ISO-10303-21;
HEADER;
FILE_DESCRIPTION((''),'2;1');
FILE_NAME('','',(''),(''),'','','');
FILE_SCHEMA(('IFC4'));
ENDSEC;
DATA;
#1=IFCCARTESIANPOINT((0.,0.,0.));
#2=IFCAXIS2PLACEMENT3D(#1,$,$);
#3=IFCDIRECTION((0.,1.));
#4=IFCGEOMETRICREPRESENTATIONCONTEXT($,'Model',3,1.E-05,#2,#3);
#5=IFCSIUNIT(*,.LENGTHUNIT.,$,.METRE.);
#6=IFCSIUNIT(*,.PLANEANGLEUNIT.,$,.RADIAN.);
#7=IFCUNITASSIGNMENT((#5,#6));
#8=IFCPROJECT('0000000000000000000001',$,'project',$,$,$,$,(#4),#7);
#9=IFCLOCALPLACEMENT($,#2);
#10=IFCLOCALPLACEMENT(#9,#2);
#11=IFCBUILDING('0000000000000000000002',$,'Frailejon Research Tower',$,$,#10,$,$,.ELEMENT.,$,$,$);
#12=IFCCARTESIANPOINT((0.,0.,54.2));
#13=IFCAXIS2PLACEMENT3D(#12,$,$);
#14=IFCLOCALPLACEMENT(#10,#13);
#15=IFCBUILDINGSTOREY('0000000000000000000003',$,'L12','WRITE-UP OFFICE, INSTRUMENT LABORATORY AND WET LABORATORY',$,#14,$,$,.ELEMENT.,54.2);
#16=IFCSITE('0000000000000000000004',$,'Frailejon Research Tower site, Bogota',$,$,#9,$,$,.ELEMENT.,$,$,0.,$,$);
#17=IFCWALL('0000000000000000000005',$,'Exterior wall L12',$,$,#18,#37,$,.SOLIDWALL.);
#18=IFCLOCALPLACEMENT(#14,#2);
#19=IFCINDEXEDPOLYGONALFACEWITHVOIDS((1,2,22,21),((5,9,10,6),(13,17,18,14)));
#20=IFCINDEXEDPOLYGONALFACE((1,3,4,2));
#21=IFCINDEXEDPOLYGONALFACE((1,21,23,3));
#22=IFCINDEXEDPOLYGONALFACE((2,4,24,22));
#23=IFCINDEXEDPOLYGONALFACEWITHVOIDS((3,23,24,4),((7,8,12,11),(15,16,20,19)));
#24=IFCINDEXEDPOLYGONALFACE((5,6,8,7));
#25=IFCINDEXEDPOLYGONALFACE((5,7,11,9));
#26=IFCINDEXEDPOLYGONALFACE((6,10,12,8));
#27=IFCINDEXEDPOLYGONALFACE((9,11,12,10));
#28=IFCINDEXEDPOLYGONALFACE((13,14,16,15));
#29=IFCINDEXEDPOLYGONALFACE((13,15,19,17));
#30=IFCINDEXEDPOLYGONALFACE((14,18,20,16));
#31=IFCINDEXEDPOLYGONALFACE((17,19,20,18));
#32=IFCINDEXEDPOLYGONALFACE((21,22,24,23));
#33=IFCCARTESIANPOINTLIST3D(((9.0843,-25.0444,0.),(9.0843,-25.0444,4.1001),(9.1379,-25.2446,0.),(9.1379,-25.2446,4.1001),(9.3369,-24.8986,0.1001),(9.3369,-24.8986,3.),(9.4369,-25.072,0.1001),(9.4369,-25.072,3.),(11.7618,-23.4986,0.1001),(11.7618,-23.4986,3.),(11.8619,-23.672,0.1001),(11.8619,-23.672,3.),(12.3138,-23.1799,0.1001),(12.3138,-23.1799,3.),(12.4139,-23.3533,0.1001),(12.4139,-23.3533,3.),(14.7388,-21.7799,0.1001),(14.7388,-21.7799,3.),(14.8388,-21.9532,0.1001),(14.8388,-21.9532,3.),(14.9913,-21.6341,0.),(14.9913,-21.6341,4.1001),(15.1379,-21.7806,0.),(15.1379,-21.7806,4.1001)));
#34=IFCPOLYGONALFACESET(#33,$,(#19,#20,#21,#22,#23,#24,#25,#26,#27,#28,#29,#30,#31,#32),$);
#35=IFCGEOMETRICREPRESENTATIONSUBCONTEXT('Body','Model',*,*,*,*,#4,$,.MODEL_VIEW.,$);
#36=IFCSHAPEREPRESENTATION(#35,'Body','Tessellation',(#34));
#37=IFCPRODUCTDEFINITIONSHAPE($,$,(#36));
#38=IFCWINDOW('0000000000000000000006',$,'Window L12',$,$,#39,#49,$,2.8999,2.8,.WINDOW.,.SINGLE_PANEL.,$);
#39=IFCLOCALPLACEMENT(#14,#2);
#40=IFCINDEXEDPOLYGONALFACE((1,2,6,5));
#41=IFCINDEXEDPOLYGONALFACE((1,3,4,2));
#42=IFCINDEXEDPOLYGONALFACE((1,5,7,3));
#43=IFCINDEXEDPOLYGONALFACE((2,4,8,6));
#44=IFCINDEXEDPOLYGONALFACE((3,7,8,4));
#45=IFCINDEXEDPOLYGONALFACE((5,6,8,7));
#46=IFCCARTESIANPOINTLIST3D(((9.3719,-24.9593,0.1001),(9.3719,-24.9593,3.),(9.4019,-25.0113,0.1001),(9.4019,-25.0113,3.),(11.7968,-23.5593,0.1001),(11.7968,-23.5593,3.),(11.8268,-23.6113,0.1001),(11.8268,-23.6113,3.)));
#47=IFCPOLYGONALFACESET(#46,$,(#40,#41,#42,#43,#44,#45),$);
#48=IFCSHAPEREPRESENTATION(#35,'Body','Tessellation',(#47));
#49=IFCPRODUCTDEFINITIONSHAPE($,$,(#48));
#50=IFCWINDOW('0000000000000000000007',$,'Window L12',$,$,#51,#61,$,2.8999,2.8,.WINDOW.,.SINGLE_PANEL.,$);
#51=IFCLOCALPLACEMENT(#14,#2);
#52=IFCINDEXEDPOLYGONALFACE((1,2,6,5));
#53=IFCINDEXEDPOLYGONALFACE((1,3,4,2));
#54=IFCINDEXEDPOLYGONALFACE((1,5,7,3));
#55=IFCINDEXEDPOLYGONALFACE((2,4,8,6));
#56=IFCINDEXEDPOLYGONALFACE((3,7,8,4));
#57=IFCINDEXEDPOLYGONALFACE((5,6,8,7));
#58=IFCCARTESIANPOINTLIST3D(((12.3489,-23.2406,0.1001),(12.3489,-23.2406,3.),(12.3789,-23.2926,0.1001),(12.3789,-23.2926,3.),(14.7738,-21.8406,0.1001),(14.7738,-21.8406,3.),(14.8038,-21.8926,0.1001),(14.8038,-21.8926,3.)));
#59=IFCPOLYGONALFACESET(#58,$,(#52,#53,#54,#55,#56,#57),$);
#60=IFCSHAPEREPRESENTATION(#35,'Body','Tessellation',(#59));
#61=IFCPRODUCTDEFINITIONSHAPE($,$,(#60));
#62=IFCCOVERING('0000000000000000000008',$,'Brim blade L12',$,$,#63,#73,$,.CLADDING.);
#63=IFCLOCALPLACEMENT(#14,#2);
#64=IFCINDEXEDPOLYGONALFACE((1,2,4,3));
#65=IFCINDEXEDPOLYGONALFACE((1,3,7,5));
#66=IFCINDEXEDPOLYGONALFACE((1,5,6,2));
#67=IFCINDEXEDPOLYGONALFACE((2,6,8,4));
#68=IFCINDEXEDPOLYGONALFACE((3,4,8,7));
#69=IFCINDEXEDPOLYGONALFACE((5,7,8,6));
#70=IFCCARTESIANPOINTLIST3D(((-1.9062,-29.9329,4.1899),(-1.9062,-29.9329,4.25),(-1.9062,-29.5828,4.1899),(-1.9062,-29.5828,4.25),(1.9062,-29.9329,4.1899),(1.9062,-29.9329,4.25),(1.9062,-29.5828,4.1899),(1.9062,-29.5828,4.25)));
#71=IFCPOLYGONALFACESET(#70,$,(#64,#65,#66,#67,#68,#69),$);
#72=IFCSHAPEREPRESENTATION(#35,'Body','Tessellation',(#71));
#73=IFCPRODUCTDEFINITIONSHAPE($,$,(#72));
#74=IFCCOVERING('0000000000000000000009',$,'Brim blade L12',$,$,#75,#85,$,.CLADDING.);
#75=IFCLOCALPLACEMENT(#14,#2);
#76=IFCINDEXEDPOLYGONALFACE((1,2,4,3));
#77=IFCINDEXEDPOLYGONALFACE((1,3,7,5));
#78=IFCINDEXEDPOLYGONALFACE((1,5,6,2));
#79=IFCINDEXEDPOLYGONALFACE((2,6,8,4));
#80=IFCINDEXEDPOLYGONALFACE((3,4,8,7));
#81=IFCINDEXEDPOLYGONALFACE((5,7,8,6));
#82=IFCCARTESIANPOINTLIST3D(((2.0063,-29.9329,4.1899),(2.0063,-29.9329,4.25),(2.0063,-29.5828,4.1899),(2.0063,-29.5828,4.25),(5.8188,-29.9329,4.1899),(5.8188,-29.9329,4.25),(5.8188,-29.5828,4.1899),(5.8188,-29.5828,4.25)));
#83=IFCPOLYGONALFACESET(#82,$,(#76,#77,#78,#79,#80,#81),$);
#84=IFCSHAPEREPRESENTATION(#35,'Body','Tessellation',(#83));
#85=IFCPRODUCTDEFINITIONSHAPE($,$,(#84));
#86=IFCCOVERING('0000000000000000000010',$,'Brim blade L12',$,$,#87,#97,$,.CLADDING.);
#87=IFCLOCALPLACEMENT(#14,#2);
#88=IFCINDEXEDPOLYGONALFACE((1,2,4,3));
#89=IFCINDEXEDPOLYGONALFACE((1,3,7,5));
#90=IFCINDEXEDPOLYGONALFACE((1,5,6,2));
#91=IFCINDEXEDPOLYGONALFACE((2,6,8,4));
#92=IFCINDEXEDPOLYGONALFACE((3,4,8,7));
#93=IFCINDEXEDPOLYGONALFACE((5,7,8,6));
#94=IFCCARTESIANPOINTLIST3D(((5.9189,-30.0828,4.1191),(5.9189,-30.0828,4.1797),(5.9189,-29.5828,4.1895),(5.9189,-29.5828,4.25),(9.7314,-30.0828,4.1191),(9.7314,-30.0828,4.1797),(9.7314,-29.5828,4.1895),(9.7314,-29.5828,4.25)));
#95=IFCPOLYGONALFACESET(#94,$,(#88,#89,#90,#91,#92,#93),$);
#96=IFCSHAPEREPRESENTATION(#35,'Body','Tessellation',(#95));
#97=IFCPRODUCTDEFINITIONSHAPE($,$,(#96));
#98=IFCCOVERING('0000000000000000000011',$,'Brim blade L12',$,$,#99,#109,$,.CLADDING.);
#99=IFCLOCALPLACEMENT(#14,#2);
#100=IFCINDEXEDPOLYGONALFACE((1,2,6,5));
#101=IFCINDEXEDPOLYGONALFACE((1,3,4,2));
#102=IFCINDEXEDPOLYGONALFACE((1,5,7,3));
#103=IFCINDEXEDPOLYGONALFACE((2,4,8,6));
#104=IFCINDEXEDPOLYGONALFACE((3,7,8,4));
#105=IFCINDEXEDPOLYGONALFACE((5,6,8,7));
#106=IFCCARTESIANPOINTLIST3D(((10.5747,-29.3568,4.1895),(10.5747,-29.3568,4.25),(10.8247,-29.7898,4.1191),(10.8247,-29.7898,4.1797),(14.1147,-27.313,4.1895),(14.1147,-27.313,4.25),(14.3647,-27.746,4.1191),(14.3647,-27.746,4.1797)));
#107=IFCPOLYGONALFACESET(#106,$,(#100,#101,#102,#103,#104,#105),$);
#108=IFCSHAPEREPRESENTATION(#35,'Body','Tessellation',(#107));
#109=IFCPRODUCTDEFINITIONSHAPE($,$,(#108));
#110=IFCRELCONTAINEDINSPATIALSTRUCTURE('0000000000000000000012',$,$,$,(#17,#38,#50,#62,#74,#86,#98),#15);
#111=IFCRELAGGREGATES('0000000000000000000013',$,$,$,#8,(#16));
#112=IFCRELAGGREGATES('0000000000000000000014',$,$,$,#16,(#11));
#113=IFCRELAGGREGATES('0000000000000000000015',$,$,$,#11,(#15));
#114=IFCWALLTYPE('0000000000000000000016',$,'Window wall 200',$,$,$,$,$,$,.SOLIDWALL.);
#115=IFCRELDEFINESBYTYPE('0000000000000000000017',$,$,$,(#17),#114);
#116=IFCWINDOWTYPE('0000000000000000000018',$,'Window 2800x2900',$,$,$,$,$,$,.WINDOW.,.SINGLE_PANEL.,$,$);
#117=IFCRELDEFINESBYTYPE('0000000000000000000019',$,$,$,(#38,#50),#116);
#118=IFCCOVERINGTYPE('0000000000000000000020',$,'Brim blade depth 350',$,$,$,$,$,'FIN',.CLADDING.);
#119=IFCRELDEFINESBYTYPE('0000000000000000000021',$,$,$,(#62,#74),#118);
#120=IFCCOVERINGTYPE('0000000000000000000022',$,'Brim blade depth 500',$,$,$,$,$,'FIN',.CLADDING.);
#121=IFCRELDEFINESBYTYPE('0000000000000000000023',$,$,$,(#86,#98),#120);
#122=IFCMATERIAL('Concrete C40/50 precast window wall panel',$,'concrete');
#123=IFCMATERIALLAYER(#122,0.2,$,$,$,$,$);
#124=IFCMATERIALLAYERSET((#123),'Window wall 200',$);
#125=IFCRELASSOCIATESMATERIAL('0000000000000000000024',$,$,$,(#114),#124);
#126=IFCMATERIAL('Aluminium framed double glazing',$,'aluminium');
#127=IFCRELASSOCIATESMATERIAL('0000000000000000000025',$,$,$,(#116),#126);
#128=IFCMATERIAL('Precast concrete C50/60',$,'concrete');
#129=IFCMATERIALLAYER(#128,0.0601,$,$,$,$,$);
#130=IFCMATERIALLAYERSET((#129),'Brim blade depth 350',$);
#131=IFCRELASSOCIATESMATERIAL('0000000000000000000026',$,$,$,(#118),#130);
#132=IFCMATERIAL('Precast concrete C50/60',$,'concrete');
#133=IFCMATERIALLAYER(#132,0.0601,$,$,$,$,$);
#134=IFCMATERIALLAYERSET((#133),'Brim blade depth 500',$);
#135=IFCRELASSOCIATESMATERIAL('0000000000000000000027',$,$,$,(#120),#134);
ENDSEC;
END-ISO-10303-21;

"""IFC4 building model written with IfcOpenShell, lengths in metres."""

from ifc_helpers import new_model, si_unit, direction, frame, frame_2d, origin, place, context, subcontext, project, spatial, polyline, rectangle, outline, extrude, material, layer, layer_set, type_object, element, fill, save


model = new_model("IFC4")

# Units and contexts
model_context = context("Model", 3, precision=1e-05, world=origin(), true_north=direction((0.0, 1.0)))
body_context = subcontext(model_context, "Body", "Model", "MODEL_VIEW")
ifc_project = project(units=[si_unit("LENGTHUNIT", "METRE"), si_unit("PLANEANGLEUNIT", "RADIAN")], contexts=[model_context])

# Site, building, storey
site_placement = place(None, origin())
site = spatial("IfcSite", under=ifc_project, at=site_placement, Name="Frailejon Research Tower site, Bogota", CompositionType="ELEMENT", RefElevation=0.0)
building_placement = place(site_placement, origin())
building = spatial("IfcBuilding", under=site, at=building_placement, Name="Frailejon Research Tower", CompositionType="ELEMENT")
storey_placement = place(building_placement, frame((0.0, 0.0, 54.2)))
storey = spatial("IfcBuildingStorey", under=building, at=storey_placement, Name="L12", Description="WRITE-UP OFFICE, INSTRUMENT LABORATORY AND WET LABORATORY", CompositionType="ELEMENT", Elevation=54.2)

# Wall, openings, windows
ifc_material_1 = material(Name="Concrete C40/50 precast window wall panel", Category="concrete")
ifc_layer_1 = layer(ifc_material_1, 0.2)
ifc_layer_set_1 = layer_set([ifc_layer_1], Name="Window wall 200")
wall_type_1 = type_object("IfcWallType", Name="Window wall 200", PredefinedType="SOLIDWALL", material=ifc_layer_set_1)
wall_1_placement = place(storey_placement, frame((9.1111, -25.1445, 0.0), z_axis=(0.0, 0.0, 1.0), x_axis=(0.866029, 0.499993, 0.0)))
wall_1 = element("IfcWall", 1, at=wall_1_placement, inside=storey, type_object=wall_type_1, Name="Exterior wall L12", PredefinedType="SOLIDWALL", context=body_context, shape_type="SweptSolid", body=[
    extrude(outline(polyline([(-0.0269, -0.1001), (1.1279, -0.1001), (2.2825, -0.1001), (3.4373, -0.1001), (4.592, -0.1001), (5.7466, -0.1001), (6.9014, -0.1001), (6.8477, 0.1001), (5.7109, 0.1001), (4.574, 0.1001), (3.4373, 0.1001), (2.3005, 0.1001), (1.1636, 0.1001), (0.0269, 0.1001), (-0.0269, -0.1001)])), origin(), (0.0, 0.0, 1.0), 4.1001),
])
opening_1_placement = place(wall_1_placement, frame((0.3186, 0.0, 0.1001)))
opening_1 = element("IfcOpeningElement", 2, at=opening_1_placement, cuts=wall_1, PredefinedType="OPENING", context=body_context, shape_type="SweptSolid", body=[
    extrude(rectangle(XDim=2.8, YDim=2.8999, at=frame_2d((1.3999, 1.45))), frame((0.0, 0.1099, 0.0), z_axis=(0.0, -1.0, 0.0), x_axis=(1.0, 0.0, 0.0)), (0.0, 0.0, 1.0), 0.22),
])
opening_2_placement = place(wall_1_placement, frame((3.7561, 0.0, 0.1001)))
opening_2 = element("IfcOpeningElement", 3, at=opening_2_placement, cuts=wall_1, PredefinedType="OPENING", context=body_context, shape_type="SweptSolid", body=[
    extrude(rectangle(XDim=2.8, YDim=2.8999, at=frame_2d((1.3999, 1.45))), frame((0.0, 0.1099, 0.0), z_axis=(0.0, -1.0, 0.0), x_axis=(1.0, 0.0, 0.0)), (0.0, 0.0, 1.0), 0.22),
])
ifc_material_2 = material(Name="Aluminium framed double glazing", Category="aluminium")
window_type = type_object("IfcWindowType", Name="Window 2800x2900", PartitioningType="SINGLE_PANEL", PredefinedType="WINDOW", material=ifc_material_2)
window_1_placement = place(opening_1_placement, origin())
window_1 = element("IfcWindow", 4, at=window_1_placement, inside=storey, type_object=window_type, Name="Window L12", OverallHeight=2.8999, OverallWidth=2.8, PartitioningType="SINGLE_PANEL", PredefinedType="WINDOW", context=body_context, shape_type="SweptSolid", body=[
    extrude(rectangle(XDim=2.8, YDim=2.8999, at=frame_2d((1.3999, 1.45))), frame((0.0, 0.03, 0.0), z_axis=(0.0, -1.0, 0.0), x_axis=(1.0, 0.0, 0.0)), (0.0, 0.0, 1.0), 0.0601),
])
fill(opening_1, window_1)
window_2_placement = place(opening_2_placement, origin())
window_2 = element("IfcWindow", 5, at=window_2_placement, inside=storey, type_object=window_type, Name="Window L12", OverallHeight=2.8999, OverallWidth=2.8, PartitioningType="SINGLE_PANEL", PredefinedType="WINDOW", context=body_context, shape_type="SweptSolid", body=[
    extrude(rectangle(XDim=2.8, YDim=2.8999, at=frame_2d((1.3999, 1.45))), frame((0.0, 0.03, 0.0), z_axis=(0.0, -1.0, 0.0), x_axis=(1.0, 0.0, 0.0)), (0.0, 0.0, 1.0), 0.0601),
])
fill(opening_2, window_2)

# Coverings
ifc_material_3 = material(Name="Precast concrete C50/60", Category="concrete")
ifc_layer_2 = layer(ifc_material_3, 0.0601)
ifc_layer_set_2 = layer_set([ifc_layer_2], Name="Brim blade depth 350")
covering_type_1 = type_object("IfcCoveringType", Name="Brim blade depth 350", ElementType="FIN", PredefinedType="CLADDING", material=ifc_layer_set_2)
for number, where, z_axis, x_axis, name in (
    (6, (1.9062, -29.5828, 4.25), (-1.0, 0.0, 0.0), (0.0, -1.0, 0.0), "Brim blade L12"),
    (7, (5.8188, -29.5828, 4.25), (-1.0, 0.0, 0.0), (0.0, -1.0, 0.0), "Brim blade L12"),
):
    element("IfcCovering", number, at=place(storey_placement, frame(where, z_axis=z_axis, x_axis=x_axis)), inside=storey, type_object=covering_type_1, Name=name, PredefinedType="CLADDING", context=body_context, shape_type="SweptSolid", body=[
        extrude(outline(polyline([(0.0, -0.0601), (0.3501, -0.0601), (0.3501, 0.0), (0.0, 0.0), (0.0, -0.0601)])), origin(), (0.0, 0.0, 1.0), 3.8125),
    ])
ifc_material_4 = material(Name="Precast concrete C50/60", Category="concrete")
ifc_layer_3 = layer(ifc_material_4, 0.0601)
ifc_layer_set_3 = layer_set([ifc_layer_3], Name="Brim blade depth 500")
covering_type_2 = type_object("IfcCoveringType", Name="Brim blade depth 500", ElementType="FIN", PredefinedType="CLADDING", material=ifc_layer_set_3)
covering_1_placement = place(storey_placement, frame((9.7314, -29.5828, 4.25), z_axis=(-1.0, 0.0, 0.0), x_axis=(0.0, -1.0, 0.0)))
element("IfcCovering", 8, at=covering_1_placement, inside=storey, type_object=covering_type_2, Name="Brim blade L12", PredefinedType="CLADDING", context=body_context, shape_type="SweptSolid", body=[
    extrude(outline(polyline([(0.0, -0.0605), (0.5, -0.1309), (0.5, -0.0703), (0.0, 0.0), (0.0, -0.0605)])), origin(), (0.0, 0.0, 1.0), 3.8125),
])
covering_2_placement = place(storey_placement, frame((14.1147, -27.313, 4.25), z_axis=(-0.866027, -0.499997, 0.0), x_axis=(0.499997, -0.866027, 0.0)))
element("IfcCovering", 9, at=covering_2_placement, inside=storey, type_object=covering_type_2, Name="Brim blade L12", PredefinedType="CLADDING", context=body_context, shape_type="SweptSolid", body=[
    extrude(outline(polyline([(0.0, -0.0605), (0.5, -0.1309), (0.5, -0.0703), (0.0, 0.0), (0.0, -0.0605)])), origin(), (0.0, 0.0, 1.0), 4.0876),
])

save(model, "model.ifc")
